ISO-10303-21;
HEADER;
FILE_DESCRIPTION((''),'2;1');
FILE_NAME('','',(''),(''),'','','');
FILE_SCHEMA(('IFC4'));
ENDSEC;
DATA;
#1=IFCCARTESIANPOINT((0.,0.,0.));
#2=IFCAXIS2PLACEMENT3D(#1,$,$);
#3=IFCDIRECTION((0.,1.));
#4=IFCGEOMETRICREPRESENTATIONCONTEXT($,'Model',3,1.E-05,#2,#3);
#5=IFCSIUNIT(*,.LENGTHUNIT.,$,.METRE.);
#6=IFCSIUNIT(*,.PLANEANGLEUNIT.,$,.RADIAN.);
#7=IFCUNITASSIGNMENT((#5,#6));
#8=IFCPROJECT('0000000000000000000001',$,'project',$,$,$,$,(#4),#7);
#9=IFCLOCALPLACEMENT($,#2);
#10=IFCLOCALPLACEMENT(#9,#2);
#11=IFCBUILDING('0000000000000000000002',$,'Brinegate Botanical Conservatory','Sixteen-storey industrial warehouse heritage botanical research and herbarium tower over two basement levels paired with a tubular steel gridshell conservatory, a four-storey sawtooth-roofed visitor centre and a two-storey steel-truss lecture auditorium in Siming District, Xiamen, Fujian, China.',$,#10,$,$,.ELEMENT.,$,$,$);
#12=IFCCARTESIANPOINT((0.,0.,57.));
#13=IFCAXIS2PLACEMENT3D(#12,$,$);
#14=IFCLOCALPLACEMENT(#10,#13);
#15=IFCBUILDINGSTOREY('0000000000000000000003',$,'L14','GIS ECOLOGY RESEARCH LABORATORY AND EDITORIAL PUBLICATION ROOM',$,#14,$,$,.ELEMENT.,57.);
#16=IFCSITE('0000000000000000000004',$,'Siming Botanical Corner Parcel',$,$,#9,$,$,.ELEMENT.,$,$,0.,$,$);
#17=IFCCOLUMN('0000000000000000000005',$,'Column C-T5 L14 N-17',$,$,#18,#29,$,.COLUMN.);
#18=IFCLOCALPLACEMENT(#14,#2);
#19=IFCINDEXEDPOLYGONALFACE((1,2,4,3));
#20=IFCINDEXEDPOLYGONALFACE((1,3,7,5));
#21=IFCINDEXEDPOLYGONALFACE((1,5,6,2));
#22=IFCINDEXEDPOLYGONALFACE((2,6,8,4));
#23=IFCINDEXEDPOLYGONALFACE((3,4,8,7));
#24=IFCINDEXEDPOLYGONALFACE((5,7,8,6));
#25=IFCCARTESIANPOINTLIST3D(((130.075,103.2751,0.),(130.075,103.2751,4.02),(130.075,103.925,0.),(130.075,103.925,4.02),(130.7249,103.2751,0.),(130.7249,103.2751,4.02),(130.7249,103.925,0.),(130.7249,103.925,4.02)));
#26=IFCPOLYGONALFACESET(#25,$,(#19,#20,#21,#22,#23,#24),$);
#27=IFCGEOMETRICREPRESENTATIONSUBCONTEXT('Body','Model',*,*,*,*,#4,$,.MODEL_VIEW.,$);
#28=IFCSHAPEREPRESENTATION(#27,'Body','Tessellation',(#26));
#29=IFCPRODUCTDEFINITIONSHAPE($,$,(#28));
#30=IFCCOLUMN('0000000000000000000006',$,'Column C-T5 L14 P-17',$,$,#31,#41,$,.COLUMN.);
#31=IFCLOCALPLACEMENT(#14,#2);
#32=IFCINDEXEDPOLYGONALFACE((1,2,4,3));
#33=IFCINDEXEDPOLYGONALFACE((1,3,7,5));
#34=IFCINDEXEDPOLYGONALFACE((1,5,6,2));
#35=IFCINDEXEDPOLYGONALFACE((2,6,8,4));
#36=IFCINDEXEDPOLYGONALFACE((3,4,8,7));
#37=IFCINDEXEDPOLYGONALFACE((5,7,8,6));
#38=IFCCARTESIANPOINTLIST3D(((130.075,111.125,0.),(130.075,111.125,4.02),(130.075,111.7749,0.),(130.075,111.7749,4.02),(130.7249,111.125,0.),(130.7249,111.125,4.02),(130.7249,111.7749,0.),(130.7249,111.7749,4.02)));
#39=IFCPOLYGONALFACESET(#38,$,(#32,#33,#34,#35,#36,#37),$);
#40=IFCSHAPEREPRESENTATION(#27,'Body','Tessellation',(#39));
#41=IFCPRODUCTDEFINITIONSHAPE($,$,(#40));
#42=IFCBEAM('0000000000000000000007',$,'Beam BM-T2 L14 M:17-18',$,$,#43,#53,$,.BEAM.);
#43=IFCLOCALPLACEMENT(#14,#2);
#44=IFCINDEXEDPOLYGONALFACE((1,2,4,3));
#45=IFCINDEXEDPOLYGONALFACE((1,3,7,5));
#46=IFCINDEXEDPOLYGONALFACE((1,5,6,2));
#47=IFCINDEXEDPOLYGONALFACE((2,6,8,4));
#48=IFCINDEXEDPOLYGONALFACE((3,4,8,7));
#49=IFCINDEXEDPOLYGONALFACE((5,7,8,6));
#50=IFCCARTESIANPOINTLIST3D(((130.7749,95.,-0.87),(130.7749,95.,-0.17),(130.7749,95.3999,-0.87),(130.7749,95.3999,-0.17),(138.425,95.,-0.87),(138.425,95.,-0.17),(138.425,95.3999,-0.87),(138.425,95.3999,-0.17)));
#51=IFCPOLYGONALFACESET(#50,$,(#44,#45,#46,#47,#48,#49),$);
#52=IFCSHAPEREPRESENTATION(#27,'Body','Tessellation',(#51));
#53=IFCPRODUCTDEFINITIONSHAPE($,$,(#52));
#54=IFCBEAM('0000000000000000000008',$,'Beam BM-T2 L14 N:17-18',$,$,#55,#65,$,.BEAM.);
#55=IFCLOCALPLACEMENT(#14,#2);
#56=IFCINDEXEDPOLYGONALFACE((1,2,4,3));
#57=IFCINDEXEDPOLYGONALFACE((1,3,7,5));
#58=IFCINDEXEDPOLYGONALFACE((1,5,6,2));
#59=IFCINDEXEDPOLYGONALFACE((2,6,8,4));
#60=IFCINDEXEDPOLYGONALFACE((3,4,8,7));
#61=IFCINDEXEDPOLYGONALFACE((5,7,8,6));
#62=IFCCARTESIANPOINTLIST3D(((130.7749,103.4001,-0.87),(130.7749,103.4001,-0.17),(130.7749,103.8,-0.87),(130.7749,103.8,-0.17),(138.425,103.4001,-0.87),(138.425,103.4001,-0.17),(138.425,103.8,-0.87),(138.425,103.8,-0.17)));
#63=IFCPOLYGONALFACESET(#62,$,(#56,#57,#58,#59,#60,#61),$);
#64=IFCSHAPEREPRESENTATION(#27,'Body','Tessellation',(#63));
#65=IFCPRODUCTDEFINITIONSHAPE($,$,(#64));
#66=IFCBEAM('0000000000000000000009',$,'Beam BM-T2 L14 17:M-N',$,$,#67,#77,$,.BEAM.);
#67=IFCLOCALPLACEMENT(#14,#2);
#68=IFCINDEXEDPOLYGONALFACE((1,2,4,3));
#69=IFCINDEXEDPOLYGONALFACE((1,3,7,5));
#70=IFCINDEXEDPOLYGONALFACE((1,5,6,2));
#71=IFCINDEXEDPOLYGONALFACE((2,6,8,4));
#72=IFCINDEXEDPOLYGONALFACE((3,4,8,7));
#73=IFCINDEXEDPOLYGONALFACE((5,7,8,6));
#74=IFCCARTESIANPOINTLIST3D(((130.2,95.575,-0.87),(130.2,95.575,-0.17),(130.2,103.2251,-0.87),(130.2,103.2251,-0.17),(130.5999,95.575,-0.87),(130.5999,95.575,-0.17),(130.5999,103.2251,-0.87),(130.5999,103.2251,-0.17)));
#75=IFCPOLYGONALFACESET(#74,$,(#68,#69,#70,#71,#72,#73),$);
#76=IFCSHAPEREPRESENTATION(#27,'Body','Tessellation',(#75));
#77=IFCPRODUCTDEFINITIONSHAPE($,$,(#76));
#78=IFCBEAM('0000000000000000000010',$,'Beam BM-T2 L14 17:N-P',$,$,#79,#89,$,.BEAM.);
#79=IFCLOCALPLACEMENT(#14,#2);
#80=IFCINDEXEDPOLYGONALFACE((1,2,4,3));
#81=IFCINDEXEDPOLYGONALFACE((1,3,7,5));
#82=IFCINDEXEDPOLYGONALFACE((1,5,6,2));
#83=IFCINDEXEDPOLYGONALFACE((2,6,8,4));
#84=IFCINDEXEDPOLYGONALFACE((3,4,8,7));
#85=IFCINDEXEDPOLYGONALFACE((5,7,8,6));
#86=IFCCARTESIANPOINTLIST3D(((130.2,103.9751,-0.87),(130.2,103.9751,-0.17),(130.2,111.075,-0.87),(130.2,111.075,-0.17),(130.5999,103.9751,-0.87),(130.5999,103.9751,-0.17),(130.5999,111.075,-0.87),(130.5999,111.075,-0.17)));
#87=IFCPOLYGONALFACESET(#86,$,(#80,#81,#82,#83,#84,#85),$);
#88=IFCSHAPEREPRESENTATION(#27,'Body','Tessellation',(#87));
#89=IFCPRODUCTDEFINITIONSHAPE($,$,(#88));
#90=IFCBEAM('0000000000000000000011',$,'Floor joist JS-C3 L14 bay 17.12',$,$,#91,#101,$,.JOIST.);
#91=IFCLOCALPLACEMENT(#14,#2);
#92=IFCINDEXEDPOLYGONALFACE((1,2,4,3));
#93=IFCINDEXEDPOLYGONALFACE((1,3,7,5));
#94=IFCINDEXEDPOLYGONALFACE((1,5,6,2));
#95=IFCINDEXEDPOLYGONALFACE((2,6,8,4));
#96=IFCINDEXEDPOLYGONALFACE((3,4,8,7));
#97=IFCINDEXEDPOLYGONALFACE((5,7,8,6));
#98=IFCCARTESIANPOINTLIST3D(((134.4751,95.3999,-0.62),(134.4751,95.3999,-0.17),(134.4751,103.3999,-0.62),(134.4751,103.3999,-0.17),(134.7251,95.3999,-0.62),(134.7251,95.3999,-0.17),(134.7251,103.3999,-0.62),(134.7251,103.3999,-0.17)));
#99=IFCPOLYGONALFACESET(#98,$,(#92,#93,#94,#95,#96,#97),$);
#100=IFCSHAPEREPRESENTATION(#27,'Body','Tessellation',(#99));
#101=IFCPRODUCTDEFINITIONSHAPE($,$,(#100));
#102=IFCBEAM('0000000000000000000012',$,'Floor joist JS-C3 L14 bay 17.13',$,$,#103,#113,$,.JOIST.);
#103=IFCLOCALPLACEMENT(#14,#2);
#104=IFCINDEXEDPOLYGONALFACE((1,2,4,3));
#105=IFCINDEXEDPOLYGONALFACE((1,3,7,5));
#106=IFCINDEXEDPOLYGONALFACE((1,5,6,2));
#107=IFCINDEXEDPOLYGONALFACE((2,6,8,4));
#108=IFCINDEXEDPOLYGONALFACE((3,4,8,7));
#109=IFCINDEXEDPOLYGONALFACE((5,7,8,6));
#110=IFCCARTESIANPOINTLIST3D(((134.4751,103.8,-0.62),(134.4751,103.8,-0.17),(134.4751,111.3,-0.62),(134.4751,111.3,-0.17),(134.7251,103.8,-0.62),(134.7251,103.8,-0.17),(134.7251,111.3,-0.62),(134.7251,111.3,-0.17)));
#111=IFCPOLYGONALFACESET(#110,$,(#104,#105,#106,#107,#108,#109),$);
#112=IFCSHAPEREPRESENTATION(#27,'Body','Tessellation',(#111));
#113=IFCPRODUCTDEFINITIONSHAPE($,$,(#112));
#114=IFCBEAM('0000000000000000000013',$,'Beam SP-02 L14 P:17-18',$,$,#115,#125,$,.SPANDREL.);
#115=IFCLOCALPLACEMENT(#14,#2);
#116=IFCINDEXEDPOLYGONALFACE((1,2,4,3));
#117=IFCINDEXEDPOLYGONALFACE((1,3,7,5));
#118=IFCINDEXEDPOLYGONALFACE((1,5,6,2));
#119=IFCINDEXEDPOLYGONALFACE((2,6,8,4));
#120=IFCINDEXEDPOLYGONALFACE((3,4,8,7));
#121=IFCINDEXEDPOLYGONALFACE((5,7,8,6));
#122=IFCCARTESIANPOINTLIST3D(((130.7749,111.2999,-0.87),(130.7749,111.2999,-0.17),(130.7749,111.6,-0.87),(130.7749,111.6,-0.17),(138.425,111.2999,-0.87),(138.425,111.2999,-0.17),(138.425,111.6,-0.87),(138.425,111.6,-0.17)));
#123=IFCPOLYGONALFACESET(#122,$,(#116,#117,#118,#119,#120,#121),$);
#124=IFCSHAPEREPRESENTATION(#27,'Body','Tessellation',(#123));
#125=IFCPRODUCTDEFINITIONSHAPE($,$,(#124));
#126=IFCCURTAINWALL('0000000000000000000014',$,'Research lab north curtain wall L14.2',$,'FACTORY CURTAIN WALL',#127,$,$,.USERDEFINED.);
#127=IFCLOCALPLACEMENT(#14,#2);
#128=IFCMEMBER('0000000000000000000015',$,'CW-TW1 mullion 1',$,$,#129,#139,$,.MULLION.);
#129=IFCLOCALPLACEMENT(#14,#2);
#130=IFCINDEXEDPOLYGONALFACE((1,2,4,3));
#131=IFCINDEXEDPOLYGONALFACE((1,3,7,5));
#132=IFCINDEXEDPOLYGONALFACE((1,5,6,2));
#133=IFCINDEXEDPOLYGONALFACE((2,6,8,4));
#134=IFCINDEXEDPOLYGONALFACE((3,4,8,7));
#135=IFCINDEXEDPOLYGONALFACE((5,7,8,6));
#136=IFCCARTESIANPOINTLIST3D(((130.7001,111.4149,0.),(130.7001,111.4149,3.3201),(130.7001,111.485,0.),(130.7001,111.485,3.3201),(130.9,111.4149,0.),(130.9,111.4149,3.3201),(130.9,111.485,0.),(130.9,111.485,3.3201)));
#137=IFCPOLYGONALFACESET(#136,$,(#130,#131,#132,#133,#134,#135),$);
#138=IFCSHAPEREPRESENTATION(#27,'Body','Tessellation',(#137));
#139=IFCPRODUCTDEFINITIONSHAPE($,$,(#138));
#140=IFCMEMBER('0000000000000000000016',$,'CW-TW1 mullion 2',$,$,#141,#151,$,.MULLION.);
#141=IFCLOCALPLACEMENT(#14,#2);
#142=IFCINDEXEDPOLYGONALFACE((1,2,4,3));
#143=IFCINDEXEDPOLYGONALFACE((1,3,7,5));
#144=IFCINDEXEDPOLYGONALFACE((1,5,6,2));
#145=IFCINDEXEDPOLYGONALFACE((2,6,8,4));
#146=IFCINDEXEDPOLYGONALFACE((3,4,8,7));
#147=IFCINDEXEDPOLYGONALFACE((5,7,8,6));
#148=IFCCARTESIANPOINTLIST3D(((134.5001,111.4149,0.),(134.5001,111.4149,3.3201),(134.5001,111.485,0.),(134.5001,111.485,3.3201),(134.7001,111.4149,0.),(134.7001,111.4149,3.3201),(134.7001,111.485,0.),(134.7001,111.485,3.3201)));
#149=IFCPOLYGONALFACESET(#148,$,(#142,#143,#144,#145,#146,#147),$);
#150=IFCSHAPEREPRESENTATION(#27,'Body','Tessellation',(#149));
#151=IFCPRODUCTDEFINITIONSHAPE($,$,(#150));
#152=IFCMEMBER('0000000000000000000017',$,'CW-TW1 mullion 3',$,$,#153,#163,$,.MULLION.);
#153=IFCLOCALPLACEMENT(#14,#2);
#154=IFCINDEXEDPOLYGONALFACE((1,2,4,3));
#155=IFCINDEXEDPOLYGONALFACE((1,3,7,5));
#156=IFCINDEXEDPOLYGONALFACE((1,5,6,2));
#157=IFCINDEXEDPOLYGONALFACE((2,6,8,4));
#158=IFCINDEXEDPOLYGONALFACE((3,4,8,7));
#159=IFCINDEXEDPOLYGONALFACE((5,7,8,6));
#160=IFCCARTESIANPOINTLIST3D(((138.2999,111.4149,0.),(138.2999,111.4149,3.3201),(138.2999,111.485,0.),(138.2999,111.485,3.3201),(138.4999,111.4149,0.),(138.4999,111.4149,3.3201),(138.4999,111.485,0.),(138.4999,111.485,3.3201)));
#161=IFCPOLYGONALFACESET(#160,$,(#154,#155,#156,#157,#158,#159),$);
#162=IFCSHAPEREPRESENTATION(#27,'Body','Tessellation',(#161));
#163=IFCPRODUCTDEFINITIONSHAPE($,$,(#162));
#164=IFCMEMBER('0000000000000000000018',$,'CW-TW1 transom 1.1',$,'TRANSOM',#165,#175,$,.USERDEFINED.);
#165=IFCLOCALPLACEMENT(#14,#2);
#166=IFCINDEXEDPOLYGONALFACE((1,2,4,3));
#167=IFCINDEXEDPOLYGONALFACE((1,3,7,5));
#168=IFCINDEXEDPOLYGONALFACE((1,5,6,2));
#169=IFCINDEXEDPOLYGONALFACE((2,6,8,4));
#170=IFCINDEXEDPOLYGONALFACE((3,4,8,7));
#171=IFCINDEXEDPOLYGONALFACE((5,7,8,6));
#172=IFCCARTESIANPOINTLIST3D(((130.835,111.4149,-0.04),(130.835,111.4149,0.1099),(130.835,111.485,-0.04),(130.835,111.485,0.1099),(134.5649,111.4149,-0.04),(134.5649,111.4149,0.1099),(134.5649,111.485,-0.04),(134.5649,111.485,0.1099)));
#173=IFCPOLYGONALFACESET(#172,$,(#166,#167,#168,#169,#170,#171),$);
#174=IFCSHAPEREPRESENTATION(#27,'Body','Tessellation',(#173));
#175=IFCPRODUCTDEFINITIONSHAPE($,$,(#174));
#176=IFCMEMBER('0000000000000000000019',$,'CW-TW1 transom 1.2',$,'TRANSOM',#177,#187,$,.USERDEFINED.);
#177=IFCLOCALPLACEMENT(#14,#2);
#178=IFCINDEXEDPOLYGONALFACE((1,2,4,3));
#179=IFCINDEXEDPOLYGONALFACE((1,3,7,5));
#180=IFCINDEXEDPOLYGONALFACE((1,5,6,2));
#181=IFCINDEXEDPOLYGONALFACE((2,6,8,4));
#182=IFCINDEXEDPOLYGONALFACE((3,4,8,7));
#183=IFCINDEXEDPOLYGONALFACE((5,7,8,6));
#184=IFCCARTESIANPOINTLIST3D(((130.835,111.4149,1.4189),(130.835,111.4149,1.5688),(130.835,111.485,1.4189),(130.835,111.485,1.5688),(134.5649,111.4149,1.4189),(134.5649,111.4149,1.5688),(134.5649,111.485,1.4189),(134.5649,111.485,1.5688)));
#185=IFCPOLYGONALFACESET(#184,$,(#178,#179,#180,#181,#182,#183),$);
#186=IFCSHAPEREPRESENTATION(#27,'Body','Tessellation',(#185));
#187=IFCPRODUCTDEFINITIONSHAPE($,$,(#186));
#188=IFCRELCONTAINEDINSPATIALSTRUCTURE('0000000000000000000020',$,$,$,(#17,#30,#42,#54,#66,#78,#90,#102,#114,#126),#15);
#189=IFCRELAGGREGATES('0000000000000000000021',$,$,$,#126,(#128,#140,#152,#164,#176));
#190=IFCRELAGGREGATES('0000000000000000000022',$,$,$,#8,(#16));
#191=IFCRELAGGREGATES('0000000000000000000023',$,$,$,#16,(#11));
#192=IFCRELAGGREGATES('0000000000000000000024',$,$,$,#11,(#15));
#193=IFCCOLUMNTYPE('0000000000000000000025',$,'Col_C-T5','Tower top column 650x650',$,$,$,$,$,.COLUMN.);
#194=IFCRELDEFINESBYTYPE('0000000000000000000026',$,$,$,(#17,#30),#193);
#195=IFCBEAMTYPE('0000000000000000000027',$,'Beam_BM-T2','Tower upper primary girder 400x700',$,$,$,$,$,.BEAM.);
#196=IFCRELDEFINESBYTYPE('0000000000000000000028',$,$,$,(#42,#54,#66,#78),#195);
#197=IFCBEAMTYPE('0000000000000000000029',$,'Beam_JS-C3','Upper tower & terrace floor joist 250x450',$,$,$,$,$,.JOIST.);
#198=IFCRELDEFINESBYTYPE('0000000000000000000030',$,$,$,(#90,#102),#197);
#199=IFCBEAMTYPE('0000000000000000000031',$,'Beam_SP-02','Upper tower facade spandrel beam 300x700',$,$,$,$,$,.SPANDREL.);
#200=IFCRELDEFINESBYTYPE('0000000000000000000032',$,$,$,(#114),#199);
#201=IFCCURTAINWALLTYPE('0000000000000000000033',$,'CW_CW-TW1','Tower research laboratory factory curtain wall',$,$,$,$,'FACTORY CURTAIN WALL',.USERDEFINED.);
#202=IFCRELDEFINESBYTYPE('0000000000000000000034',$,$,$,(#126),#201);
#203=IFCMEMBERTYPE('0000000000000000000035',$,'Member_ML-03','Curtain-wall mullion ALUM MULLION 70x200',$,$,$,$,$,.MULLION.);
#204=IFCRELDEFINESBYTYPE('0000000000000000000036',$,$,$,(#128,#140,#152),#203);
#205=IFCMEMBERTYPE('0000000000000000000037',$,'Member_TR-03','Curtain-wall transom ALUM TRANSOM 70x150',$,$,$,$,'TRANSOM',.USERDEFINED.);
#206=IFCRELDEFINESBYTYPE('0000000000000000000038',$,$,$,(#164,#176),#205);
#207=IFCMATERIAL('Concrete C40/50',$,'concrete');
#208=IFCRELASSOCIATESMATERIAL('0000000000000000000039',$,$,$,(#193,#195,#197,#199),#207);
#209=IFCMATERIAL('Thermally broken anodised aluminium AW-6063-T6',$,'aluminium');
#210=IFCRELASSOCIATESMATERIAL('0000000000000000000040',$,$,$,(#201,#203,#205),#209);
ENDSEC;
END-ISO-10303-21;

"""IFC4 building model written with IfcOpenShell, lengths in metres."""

from ifc_helpers import new_model, si_unit, direction, frame, origin, origin_2d, place, context, subcontext, project, spatial, rectangle, extrude, material, material_profile, profile_set, type_object, element, aggregate, save


model = new_model("IFC4")

# Units and contexts
model_context = context("Model", 3, precision=1e-05, world=origin(), true_north=direction((0.0, 1.0)))
body_context = subcontext(model_context, "Body", "Model", "MODEL_VIEW")
ifc_project = project(units=[si_unit("LENGTHUNIT", "METRE"), si_unit("PLANEANGLEUNIT", "RADIAN")], contexts=[model_context])

# Site, building, storey
site_placement = place(None, origin())
site = spatial("IfcSite", under=ifc_project, at=site_placement, Name="Siming Botanical Corner Parcel", CompositionType="ELEMENT", RefElevation=0.0)
building_placement = place(site_placement, origin())
building = spatial("IfcBuilding", under=site, at=building_placement, Name="Brinegate Botanical Conservatory", Description="Sixteen-storey industrial warehouse heritage botanical research and herbarium tower over two basement levels paired with a tubular steel gridshell conservatory, a four-storey sawtooth-roofed visitor centre and a two-storey steel-truss lecture auditorium in Siming District, Xiamen, Fujian, China.", CompositionType="ELEMENT")
storey_placement = place(building_placement, frame((0.0, 0.0, 57.0)))
storey = spatial("IfcBuildingStorey", under=building, at=storey_placement, Name="L14", Description="GIS ECOLOGY RESEARCH LABORATORY AND EDITORIAL PUBLICATION ROOM", CompositionType="ELEMENT", Elevation=57.0)

# Columns
ifc_material_1 = material(Name="Concrete C40/50", Category="concrete")
ifc_material_profile_1 = material_profile(ifc_material_1, rectangle(XDim=0.6499, YDim=0.6499, at=origin_2d()), Name="RC COL 650x650")
ifc_profile_set_1 = profile_set([ifc_material_profile_1], Name="Concrete C40/50")
column_type = type_object("IfcColumnType", Name="Col_C-T5", Description="Tower top column 650x650", PredefinedType="COLUMN", material=ifc_profile_set_1)
for number, where, z_axis, x_axis, name in (
    (1, (130.3999, 103.6001, 0.0), (0.0, 0.0, 1.0), (1.0, 0.0, 0.0), "Column C-T5 L14 N-17"),
    (2, (130.3999, 111.45, 0.0), (0.0, 0.0, 1.0), (1.0, 0.0, 0.0), "Column C-T5 L14 P-17"),
):
    element("IfcColumn", number, at=place(storey_placement, frame(where, z_axis=z_axis, x_axis=x_axis)), inside=storey, type_object=column_type, Name=name, PredefinedType="COLUMN", context=body_context, shape_type="SweptSolid", body=[
        extrude(rectangle(XDim=0.6499, YDim=0.6499, at=origin_2d()), origin(), (0.0, 0.0, 1.0), 4.02),
    ])

# Beams
ifc_material_profile_2 = material_profile(ifc_material_1, rectangle(XDim=0.3999, YDim=0.7, at=origin_2d()), Name="RC BM 400x700")
ifc_profile_set_2 = profile_set([ifc_material_profile_2], Name="Concrete C40/50")
beam_type_1 = type_object("IfcBeamType", Name="Beam_BM-T2", Description="Tower upper primary girder 400x700", PredefinedType="BEAM", material=ifc_profile_set_2)
for number, where, z_axis, x_axis, name in (
    (3, (130.7749, 95.2, -0.52), (1.0, 0.0, 0.0), (0.0, 1.0, 0.0), "Beam BM-T2 L14 M:17-18"),
    (4, (130.7749, 103.6001, -0.52), (1.0, 0.0, 0.0), (0.0, 1.0, 0.0), "Beam BM-T2 L14 N:17-18"),
    (5, (130.3999, 95.575, -0.52), (0.0, 1.0, 0.0), (-1.0, 0.0, 0.0), "Beam BM-T2 L14 17:M-N"),
):
    element("IfcBeam", number, at=place(storey_placement, frame(where, z_axis=z_axis, x_axis=x_axis)), inside=storey, type_object=beam_type_1, Name=name, PredefinedType="BEAM", context=body_context, shape_type="SweptSolid", body=[
        extrude(rectangle(XDim=0.3999, YDim=0.7, at=origin_2d()), origin(), (0.0, 0.0, 1.0), 7.6501),
    ])
beam_1_placement = place(storey_placement, frame((130.3999, 103.9751, -0.52), z_axis=(0.0, 1.0, 0.0), x_axis=(-1.0, 0.0, 0.0)))
element("IfcBeam", 6, at=beam_1_placement, inside=storey, type_object=beam_type_1, Name="Beam BM-T2 L14 17:N-P", PredefinedType="BEAM", context=body_context, shape_type="SweptSolid", body=[
    extrude(rectangle(XDim=0.3999, YDim=0.7, at=origin_2d()), origin(), (0.0, 0.0, 1.0), 7.0999),
])
ifc_material_profile_3 = material_profile(ifc_material_1, rectangle(XDim=0.25, YDim=0.45, at=origin_2d()), Name="RC JST 250x450")
ifc_profile_set_3 = profile_set([ifc_material_profile_3], Name="Concrete C40/50")
beam_type_2 = type_object("IfcBeamType", Name="Beam_JS-C3", Description="Upper tower & terrace floor joist 250x450", PredefinedType="JOIST", material=ifc_profile_set_3)
beam_2_placement = place(storey_placement, frame((134.6001, 95.3999, -0.395), z_axis=(0.0, 1.0, 0.0), x_axis=(-1.0, 0.0, 0.0)))
element("IfcBeam", 7, at=beam_2_placement, inside=storey, type_object=beam_type_2, Name="Floor joist JS-C3 L14 bay 17.12", PredefinedType="JOIST", context=body_context, shape_type="SweptSolid", body=[
    extrude(rectangle(XDim=0.25, YDim=0.45, at=origin_2d()), origin(), (0.0, 0.0, 1.0), 8.0),
])
beam_3_placement = place(storey_placement, frame((134.6001, 103.8, -0.395), z_axis=(0.0, 1.0, 0.0), x_axis=(-1.0, 0.0, 0.0)))
element("IfcBeam", 8, at=beam_3_placement, inside=storey, type_object=beam_type_2, Name="Floor joist JS-C3 L14 bay 17.13", PredefinedType="JOIST", context=body_context, shape_type="SweptSolid", body=[
    extrude(rectangle(XDim=0.25, YDim=0.45, at=origin_2d()), origin(), (0.0, 0.0, 1.0), 7.5),
])
ifc_material_profile_4 = material_profile(ifc_material_1, rectangle(XDim=0.3, YDim=0.7, at=origin_2d()), Name="RC SPN 300x700")
ifc_profile_set_4 = profile_set([ifc_material_profile_4], Name="Concrete C40/50")
beam_type_3 = type_object("IfcBeamType", Name="Beam_SP-02", Description="Upper tower facade spandrel beam 300x700", PredefinedType="SPANDREL", material=ifc_profile_set_4)
beam_4_placement = place(storey_placement, frame((130.7749, 111.45, -0.52), z_axis=(1.0, 0.0, 0.0), x_axis=(0.0, 1.0, 0.0)))
element("IfcBeam", 9, at=beam_4_placement, inside=storey, type_object=beam_type_3, Name="Beam SP-02 L14 P:17-18", PredefinedType="SPANDREL", context=body_context, shape_type="SweptSolid", body=[
    extrude(rectangle(XDim=0.3, YDim=0.7, at=origin_2d()), origin(), (0.0, 0.0, 1.0), 7.6501),
])

# Curtain wall, members
ifc_material_2 = material(Name="Thermally broken anodised aluminium AW-6063-T6", Category="aluminium")
curtain_wall_type = type_object("IfcCurtainWallType", Name="CW_CW-TW1", Description="Tower research laboratory factory curtain wall", ElementType="FACTORY CURTAIN WALL", PredefinedType="USERDEFINED", material=ifc_material_2)
curtain_wall_placement = place(storey_placement, origin())
curtain_wall = element("IfcCurtainWall", 10, at=curtain_wall_placement, inside=storey, type_object=curtain_wall_type, Name="Research lab north curtain wall L14.2", ObjectType="FACTORY CURTAIN WALL", PredefinedType="USERDEFINED")
ifc_material_profile_5 = material_profile(ifc_material_2, rectangle(XDim=0.0701, YDim=0.2, at=origin_2d()), Name="ALUM MULLION 70x200")
ifc_profile_set_5 = profile_set([ifc_material_profile_5], Name="Thermally broken anodised aluminium AW-6063-T6")
member_type_1 = type_object("IfcMemberType", Name="Member_ML-03", Description="Curtain-wall mullion ALUM MULLION 70x200", PredefinedType="MULLION", material=ifc_profile_set_5)
member_1_placement = place(storey_placement, frame((130.8, 111.45, 0.0), z_axis=(0.0, 0.0, 1.0), x_axis=(0.0, 1.0, 0.0)))
member_1 = element("IfcMember", 11, at=member_1_placement, type_object=member_type_1, Name="CW-TW1 mullion 1", PredefinedType="MULLION", context=body_context, shape_type="SweptSolid", body=[
    extrude(rectangle(XDim=0.0701, YDim=0.2, at=origin_2d()), origin(), (0.0, 0.0, 1.0), 3.3201),
])
member_2_placement = place(storey_placement, frame((134.6001, 111.45, 0.0), z_axis=(0.0, 0.0, 1.0), x_axis=(0.0, 1.0, 0.0)))
member_2 = element("IfcMember", 12, at=member_2_placement, type_object=member_type_1, Name="CW-TW1 mullion 2", PredefinedType="MULLION", context=body_context, shape_type="SweptSolid", body=[
    extrude(rectangle(XDim=0.0701, YDim=0.2, at=origin_2d()), origin(), (0.0, 0.0, 1.0), 3.3201),
])
member_3_placement = place(storey_placement, frame((138.3999, 111.45, 0.0), z_axis=(0.0, 0.0, 1.0), x_axis=(0.0, 1.0, 0.0)))
member_3 = element("IfcMember", 13, at=member_3_placement, type_object=member_type_1, Name="CW-TW1 mullion 3", PredefinedType="MULLION", context=body_context, shape_type="SweptSolid", body=[
    extrude(rectangle(XDim=0.0701, YDim=0.2, at=origin_2d()), origin(), (0.0, 0.0, 1.0), 3.3201),
])
ifc_material_profile_6 = material_profile(ifc_material_2, rectangle(XDim=0.0701, YDim=0.1499, at=origin_2d()), Name="ALUM TRANSOM 70x150")
ifc_profile_set_6 = profile_set([ifc_material_profile_6], Name="Thermally broken anodised aluminium AW-6063-T6")
member_type_2 = type_object("IfcMemberType", Name="Member_TR-03", Description="Curtain-wall transom ALUM TRANSOM 70x150", ElementType="TRANSOM", PredefinedType="USERDEFINED", material=ifc_profile_set_6)
member_4_placement = place(storey_placement, frame((130.835, 111.45, 0.0349), z_axis=(1.0, 0.0, 0.0), x_axis=(0.0, 1.0, 0.0)))
member_4 = element("IfcMember", 14, at=member_4_placement, type_object=member_type_2, Name="CW-TW1 transom 1.1", ObjectType="TRANSOM", PredefinedType="USERDEFINED", context=body_context, shape_type="SweptSolid", body=[
    extrude(rectangle(XDim=0.0701, YDim=0.1499, at=origin_2d()), origin(), (0.0, 0.0, 1.0), 3.73),
])
member_5_placement = place(storey_placement, frame((130.835, 111.45, 1.4939), z_axis=(1.0, 0.0, 0.0), x_axis=(0.0, 1.0, 0.0)))
member_5 = element("IfcMember", 15, at=member_5_placement, type_object=member_type_2, Name="CW-TW1 transom 1.2", ObjectType="TRANSOM", PredefinedType="USERDEFINED", context=body_context, shape_type="SweptSolid", body=[
    extrude(rectangle(XDim=0.0701, YDim=0.1499, at=origin_2d()), origin(), (0.0, 0.0, 1.0), 3.73),
])
aggregate(curtain_wall, [member_1, member_2, member_3, member_4, member_5])

save(model, "model.ifc")
